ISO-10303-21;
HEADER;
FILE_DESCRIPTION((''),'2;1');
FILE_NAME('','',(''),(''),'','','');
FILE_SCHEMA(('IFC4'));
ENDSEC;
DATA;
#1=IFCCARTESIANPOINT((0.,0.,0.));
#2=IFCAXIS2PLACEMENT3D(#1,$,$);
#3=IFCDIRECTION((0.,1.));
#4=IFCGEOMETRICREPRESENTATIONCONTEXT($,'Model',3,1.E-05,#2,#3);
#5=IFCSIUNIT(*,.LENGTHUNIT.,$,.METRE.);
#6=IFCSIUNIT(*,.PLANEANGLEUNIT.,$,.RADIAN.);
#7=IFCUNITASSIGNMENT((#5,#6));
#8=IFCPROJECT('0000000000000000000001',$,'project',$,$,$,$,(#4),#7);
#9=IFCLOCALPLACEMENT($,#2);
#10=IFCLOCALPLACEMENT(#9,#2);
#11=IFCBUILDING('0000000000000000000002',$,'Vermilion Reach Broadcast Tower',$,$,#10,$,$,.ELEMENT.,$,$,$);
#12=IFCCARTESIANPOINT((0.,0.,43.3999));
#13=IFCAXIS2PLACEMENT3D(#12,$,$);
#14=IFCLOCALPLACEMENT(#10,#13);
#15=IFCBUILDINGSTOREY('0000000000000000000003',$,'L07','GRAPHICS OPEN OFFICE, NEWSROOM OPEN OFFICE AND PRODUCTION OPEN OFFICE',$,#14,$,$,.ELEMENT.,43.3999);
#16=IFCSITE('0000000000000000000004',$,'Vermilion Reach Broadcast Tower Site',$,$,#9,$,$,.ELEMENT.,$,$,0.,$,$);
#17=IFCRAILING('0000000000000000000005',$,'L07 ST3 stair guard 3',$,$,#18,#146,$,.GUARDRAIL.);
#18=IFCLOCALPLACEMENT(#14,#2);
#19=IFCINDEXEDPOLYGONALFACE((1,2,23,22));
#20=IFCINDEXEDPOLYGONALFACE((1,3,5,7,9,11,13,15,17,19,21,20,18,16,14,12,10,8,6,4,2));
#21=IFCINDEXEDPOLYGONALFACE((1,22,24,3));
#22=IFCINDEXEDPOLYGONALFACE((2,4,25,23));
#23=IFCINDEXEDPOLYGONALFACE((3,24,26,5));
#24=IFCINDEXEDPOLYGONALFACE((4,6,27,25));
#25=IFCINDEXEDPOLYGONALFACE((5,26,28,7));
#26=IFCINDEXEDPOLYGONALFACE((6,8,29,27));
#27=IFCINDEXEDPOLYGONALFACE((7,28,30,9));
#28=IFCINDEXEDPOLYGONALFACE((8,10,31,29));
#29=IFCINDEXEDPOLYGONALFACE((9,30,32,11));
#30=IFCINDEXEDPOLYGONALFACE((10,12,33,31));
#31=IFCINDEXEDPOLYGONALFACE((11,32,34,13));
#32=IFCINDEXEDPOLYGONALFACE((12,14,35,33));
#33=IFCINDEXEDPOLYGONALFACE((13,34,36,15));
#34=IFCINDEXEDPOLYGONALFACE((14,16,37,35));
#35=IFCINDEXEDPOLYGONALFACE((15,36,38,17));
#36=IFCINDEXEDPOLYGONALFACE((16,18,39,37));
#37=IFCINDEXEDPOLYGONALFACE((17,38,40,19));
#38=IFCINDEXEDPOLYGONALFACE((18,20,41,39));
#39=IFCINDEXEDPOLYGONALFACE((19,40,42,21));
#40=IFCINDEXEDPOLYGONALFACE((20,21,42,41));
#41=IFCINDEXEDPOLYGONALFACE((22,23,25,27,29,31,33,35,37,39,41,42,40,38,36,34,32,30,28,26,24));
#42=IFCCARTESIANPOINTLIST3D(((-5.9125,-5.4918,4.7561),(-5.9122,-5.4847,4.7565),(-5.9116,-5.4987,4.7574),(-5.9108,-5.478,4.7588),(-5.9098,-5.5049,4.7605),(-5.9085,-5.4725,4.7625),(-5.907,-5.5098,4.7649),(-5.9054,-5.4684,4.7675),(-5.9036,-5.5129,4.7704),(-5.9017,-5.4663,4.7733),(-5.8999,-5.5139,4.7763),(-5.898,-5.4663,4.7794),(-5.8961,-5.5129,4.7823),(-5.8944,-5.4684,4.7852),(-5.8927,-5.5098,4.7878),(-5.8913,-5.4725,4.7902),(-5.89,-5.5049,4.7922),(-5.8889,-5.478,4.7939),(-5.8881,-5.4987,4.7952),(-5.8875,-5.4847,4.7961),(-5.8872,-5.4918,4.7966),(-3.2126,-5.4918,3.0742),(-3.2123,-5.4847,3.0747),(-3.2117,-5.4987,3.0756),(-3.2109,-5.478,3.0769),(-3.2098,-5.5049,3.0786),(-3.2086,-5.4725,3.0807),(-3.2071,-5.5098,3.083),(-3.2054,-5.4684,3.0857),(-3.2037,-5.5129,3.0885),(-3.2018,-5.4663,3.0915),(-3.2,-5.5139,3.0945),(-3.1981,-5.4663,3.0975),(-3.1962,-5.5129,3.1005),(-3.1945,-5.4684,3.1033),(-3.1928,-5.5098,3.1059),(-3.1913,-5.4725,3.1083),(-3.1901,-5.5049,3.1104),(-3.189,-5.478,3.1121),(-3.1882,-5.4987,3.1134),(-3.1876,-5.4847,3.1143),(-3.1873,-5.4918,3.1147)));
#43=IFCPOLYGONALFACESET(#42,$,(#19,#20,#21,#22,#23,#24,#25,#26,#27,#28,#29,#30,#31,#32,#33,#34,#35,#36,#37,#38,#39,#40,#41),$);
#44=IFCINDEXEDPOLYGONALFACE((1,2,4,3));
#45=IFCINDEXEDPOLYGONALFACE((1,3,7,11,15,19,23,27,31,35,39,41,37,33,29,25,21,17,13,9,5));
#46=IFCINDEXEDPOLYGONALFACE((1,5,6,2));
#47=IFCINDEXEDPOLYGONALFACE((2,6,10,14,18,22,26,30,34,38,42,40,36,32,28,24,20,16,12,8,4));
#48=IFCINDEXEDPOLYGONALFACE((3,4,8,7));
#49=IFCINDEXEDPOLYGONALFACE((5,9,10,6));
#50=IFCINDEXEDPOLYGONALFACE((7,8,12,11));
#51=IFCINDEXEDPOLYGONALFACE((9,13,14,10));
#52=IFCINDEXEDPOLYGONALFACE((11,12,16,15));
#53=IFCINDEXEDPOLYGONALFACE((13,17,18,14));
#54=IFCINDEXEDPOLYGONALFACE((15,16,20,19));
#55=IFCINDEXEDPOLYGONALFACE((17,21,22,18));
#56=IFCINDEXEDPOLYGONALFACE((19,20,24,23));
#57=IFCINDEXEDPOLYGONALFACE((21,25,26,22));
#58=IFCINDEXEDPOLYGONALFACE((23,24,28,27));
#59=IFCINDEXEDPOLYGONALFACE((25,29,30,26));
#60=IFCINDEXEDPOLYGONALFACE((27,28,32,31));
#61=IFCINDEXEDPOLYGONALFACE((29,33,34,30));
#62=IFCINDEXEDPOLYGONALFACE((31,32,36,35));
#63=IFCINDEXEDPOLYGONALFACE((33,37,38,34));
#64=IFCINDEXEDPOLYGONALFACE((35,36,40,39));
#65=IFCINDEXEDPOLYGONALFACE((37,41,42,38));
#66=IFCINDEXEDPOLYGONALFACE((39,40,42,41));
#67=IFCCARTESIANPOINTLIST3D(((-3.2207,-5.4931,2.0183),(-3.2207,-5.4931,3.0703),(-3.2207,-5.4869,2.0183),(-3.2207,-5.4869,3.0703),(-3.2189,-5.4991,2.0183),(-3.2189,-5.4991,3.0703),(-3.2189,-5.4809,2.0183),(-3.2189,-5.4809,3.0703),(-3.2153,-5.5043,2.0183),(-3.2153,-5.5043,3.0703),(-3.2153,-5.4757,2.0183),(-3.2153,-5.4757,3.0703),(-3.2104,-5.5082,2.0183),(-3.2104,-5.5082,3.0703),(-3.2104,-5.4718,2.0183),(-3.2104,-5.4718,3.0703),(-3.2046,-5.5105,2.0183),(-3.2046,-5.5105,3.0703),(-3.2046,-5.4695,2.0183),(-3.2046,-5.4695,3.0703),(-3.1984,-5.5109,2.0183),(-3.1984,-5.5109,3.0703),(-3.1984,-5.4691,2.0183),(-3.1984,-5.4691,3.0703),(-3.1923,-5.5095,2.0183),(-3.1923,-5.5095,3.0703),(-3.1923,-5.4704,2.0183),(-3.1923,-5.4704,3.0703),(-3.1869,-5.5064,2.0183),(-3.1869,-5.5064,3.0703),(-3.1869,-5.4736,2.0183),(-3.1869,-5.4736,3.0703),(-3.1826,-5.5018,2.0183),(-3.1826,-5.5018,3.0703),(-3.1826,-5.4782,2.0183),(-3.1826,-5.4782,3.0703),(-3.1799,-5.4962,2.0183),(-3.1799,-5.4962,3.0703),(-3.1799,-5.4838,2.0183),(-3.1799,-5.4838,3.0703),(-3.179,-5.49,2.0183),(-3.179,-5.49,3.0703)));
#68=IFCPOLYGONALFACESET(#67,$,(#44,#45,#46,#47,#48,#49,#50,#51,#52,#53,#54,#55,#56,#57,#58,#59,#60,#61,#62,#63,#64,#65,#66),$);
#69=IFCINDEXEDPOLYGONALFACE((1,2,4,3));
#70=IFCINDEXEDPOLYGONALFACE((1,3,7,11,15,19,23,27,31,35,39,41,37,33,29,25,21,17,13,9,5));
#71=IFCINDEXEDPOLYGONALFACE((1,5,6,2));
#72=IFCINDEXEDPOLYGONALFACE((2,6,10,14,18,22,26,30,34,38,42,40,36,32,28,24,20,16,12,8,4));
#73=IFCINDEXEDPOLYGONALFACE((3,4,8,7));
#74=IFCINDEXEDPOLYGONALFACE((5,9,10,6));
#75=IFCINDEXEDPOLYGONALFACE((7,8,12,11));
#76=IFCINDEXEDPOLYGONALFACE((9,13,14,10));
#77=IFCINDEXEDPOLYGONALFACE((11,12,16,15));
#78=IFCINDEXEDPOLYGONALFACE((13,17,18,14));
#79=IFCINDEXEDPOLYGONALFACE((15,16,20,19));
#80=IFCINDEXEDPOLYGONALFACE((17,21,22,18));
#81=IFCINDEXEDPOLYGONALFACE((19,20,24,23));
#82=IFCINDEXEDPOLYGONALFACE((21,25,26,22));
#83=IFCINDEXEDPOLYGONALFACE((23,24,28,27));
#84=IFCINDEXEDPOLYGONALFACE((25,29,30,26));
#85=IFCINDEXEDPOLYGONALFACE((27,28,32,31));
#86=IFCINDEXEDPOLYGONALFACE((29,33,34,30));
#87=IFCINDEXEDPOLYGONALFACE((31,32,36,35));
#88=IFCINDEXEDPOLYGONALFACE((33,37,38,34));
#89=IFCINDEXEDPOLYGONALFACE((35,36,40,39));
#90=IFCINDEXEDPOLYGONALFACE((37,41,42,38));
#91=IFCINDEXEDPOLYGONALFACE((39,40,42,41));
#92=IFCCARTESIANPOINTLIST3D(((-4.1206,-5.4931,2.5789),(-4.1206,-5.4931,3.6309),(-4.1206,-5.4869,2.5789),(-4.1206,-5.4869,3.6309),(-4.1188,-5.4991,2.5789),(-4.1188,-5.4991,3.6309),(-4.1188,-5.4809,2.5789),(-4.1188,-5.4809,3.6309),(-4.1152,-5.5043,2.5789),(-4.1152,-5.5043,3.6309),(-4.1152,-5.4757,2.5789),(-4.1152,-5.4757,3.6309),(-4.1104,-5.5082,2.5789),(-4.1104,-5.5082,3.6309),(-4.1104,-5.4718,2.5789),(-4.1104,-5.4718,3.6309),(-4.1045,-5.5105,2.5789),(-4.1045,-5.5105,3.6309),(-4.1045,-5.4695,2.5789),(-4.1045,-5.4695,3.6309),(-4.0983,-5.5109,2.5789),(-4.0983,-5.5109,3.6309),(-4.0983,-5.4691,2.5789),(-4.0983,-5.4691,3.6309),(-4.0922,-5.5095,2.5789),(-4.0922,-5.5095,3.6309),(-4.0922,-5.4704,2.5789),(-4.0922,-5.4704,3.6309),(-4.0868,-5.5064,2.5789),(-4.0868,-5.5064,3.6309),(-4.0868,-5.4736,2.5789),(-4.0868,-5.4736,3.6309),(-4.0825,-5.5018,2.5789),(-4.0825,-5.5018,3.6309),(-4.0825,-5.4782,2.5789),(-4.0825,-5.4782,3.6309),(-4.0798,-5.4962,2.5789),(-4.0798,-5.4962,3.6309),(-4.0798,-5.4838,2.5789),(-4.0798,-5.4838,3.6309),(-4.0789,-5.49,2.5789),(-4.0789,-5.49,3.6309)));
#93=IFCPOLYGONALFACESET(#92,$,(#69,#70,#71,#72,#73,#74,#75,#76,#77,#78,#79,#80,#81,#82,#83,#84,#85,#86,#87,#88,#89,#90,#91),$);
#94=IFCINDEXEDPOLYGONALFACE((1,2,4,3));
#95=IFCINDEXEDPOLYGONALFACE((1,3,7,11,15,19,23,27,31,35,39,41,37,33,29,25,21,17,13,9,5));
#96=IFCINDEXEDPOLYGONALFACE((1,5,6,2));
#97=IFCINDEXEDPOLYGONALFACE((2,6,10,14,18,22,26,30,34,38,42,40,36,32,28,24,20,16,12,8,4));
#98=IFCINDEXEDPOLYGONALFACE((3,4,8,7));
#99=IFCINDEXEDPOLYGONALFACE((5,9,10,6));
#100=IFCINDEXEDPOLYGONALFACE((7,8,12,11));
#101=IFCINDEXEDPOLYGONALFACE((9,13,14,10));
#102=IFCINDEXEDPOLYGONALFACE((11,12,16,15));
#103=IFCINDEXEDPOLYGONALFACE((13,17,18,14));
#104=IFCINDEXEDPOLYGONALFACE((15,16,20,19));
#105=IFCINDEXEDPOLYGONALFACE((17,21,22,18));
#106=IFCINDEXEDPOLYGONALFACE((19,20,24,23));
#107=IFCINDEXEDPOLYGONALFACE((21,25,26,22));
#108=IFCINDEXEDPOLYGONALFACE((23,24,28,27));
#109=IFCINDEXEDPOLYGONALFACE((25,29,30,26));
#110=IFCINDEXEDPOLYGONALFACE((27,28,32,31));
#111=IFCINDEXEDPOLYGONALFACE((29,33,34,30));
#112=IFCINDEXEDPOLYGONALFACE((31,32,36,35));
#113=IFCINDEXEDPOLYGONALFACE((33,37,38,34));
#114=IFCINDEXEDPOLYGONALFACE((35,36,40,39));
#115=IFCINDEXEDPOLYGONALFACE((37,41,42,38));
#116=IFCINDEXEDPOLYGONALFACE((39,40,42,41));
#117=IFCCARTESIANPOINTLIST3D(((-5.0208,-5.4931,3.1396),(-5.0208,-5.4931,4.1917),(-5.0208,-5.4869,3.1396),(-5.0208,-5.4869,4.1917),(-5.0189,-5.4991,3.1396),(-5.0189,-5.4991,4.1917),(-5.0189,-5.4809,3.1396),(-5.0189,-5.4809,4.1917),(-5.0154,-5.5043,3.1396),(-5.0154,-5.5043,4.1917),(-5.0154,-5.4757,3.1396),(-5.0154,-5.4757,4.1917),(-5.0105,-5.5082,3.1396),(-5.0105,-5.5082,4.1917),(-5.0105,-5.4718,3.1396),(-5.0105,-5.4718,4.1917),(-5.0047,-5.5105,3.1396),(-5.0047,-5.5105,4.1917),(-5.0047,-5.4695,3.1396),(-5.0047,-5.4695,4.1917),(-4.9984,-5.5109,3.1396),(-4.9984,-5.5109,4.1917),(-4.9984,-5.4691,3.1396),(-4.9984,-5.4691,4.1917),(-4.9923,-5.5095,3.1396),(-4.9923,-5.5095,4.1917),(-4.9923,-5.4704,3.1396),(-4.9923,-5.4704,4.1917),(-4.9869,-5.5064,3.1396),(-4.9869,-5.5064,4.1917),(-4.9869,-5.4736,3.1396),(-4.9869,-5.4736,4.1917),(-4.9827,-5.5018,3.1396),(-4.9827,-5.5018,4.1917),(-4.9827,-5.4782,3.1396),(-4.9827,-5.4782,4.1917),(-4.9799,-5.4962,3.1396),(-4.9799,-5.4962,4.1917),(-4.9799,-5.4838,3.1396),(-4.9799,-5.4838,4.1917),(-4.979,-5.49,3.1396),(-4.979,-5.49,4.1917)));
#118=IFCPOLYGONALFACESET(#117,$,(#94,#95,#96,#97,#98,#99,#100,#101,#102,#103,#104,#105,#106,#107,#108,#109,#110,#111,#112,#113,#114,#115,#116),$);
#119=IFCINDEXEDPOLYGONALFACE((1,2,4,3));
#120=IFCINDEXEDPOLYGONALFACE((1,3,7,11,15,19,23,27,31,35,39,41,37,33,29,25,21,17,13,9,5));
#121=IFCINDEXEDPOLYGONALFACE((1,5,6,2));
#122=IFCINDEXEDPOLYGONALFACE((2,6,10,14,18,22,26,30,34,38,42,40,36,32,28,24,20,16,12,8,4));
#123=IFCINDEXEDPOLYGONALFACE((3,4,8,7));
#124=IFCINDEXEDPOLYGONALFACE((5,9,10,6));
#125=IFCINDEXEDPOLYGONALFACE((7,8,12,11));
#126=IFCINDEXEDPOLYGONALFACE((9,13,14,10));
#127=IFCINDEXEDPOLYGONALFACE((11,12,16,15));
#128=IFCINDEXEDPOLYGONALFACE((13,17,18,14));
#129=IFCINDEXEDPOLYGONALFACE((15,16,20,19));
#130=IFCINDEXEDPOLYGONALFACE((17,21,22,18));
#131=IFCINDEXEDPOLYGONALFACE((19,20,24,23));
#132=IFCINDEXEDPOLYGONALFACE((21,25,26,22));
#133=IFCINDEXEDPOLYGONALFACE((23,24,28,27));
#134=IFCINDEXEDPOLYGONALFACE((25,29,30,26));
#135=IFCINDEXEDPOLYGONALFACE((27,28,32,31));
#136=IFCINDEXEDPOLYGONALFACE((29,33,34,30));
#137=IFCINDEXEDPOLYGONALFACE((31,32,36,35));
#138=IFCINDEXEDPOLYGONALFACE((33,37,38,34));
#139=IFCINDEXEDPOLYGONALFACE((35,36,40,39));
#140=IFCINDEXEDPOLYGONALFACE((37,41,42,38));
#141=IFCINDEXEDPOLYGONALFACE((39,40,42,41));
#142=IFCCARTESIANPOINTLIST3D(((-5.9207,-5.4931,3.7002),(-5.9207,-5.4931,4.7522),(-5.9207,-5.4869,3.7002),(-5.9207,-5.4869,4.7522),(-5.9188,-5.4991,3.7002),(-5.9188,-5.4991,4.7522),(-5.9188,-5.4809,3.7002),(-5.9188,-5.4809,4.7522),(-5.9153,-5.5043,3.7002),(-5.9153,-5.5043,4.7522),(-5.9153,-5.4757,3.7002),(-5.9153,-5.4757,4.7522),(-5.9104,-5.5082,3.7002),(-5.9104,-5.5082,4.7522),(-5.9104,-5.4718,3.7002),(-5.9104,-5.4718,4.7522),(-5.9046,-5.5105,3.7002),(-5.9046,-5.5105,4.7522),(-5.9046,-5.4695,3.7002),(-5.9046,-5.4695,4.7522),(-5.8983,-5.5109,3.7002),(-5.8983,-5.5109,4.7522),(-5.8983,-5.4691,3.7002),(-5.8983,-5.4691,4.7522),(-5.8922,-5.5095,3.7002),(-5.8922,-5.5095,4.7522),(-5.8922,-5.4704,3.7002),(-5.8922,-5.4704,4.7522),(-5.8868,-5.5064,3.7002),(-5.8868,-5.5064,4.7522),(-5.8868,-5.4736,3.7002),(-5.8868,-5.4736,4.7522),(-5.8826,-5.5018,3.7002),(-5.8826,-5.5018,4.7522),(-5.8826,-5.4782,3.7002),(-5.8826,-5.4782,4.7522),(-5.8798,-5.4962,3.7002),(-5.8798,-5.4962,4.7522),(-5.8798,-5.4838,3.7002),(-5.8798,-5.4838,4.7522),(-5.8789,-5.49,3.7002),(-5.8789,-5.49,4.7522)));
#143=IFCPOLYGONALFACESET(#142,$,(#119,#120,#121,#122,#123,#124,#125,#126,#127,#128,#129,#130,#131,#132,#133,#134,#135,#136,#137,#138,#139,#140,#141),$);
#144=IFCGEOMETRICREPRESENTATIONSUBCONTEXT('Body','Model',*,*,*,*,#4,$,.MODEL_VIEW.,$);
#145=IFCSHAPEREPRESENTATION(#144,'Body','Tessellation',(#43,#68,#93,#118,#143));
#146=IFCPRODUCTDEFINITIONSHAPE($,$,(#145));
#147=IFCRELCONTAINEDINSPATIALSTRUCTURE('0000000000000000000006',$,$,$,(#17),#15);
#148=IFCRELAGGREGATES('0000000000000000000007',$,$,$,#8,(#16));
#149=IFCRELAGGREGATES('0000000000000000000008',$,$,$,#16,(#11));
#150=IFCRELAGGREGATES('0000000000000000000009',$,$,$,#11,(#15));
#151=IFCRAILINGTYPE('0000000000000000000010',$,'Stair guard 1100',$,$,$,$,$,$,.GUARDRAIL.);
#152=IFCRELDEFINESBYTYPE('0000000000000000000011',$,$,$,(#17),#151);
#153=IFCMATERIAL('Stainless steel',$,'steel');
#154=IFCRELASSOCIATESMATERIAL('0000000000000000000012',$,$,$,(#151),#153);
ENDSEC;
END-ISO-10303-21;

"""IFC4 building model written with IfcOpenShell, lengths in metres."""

from ifc_helpers import new_model, si_unit, direction, frame, origin, origin_2d, place, context, subcontext, project, spatial, circle, extrude, material, type_object, element, save


model = new_model("IFC4")

# Units and contexts
model_context = context("Model", 3, precision=1e-05, world=origin(), true_north=direction((0.0, 1.0)))
body_context = subcontext(model_context, "Body", "Model", "MODEL_VIEW")
ifc_project = project(units=[si_unit("LENGTHUNIT", "METRE"), si_unit("PLANEANGLEUNIT", "RADIAN")], contexts=[model_context])

# Site, building, storey
site_placement = place(None, origin())
site = spatial("IfcSite", under=ifc_project, at=site_placement, Name="Vermilion Reach Broadcast Tower Site", CompositionType="ELEMENT", RefElevation=0.0)
building_placement = place(site_placement, origin())
building = spatial("IfcBuilding", under=site, at=building_placement, Name="Vermilion Reach Broadcast Tower", CompositionType="ELEMENT")
storey_placement = place(building_placement, frame((0.0, 0.0, 43.3999)))
storey = spatial("IfcBuildingStorey", under=building, at=storey_placement, Name="L07", Description="GRAPHICS OPEN OFFICE, NEWSROOM OPEN OFFICE AND PRODUCTION OPEN OFFICE", CompositionType="ELEMENT", Elevation=43.3999)

# Railing
ifc_material_1 = material(Name="Stainless steel", Category="steel")
railing_type_1 = type_object("IfcRailingType", Name="Stair guard 1100", PredefinedType="GUARDRAIL", material=ifc_material_1)
railing_1_placement = place(storey_placement, frame((-3.2, -5.49, 2.0183)))
element("IfcRailing", 1, at=railing_1_placement, inside=storey, type_object=railing_type_1, Name="L07 ST3 stair guard 3", PredefinedType="GUARDRAIL", context=body_context, shape_type="SweptSolid", body=[
    extrude(circle(Radius=0.0239, at=origin_2d()), frame((0.0, 0.0, 1.0762), z_axis=(-0.848786, 0.0, 0.528736), x_axis=(0.0, -1.0, 0.0)), (0.0, 0.0, 1.0), 3.1809),
    extrude(circle(Radius=0.021, at=origin_2d()), origin(), (0.0, 0.0, 1.0), 1.052),
    extrude(circle(Radius=0.021, at=origin_2d()), frame((-0.8999, 0.0, 0.5605)), (0.0, 0.0, 1.0), 1.052),
    extrude(circle(Radius=0.021, at=origin_2d()), frame((-1.8, 0.0, 1.1213)), (0.0, 0.0, 1.0), 1.052),
    extrude(circle(Radius=0.021, at=origin_2d()), frame((-2.7, 0.0, 1.6819)), (0.0, 0.0, 1.0), 1.052),
])

save(model, "model.ifc")
